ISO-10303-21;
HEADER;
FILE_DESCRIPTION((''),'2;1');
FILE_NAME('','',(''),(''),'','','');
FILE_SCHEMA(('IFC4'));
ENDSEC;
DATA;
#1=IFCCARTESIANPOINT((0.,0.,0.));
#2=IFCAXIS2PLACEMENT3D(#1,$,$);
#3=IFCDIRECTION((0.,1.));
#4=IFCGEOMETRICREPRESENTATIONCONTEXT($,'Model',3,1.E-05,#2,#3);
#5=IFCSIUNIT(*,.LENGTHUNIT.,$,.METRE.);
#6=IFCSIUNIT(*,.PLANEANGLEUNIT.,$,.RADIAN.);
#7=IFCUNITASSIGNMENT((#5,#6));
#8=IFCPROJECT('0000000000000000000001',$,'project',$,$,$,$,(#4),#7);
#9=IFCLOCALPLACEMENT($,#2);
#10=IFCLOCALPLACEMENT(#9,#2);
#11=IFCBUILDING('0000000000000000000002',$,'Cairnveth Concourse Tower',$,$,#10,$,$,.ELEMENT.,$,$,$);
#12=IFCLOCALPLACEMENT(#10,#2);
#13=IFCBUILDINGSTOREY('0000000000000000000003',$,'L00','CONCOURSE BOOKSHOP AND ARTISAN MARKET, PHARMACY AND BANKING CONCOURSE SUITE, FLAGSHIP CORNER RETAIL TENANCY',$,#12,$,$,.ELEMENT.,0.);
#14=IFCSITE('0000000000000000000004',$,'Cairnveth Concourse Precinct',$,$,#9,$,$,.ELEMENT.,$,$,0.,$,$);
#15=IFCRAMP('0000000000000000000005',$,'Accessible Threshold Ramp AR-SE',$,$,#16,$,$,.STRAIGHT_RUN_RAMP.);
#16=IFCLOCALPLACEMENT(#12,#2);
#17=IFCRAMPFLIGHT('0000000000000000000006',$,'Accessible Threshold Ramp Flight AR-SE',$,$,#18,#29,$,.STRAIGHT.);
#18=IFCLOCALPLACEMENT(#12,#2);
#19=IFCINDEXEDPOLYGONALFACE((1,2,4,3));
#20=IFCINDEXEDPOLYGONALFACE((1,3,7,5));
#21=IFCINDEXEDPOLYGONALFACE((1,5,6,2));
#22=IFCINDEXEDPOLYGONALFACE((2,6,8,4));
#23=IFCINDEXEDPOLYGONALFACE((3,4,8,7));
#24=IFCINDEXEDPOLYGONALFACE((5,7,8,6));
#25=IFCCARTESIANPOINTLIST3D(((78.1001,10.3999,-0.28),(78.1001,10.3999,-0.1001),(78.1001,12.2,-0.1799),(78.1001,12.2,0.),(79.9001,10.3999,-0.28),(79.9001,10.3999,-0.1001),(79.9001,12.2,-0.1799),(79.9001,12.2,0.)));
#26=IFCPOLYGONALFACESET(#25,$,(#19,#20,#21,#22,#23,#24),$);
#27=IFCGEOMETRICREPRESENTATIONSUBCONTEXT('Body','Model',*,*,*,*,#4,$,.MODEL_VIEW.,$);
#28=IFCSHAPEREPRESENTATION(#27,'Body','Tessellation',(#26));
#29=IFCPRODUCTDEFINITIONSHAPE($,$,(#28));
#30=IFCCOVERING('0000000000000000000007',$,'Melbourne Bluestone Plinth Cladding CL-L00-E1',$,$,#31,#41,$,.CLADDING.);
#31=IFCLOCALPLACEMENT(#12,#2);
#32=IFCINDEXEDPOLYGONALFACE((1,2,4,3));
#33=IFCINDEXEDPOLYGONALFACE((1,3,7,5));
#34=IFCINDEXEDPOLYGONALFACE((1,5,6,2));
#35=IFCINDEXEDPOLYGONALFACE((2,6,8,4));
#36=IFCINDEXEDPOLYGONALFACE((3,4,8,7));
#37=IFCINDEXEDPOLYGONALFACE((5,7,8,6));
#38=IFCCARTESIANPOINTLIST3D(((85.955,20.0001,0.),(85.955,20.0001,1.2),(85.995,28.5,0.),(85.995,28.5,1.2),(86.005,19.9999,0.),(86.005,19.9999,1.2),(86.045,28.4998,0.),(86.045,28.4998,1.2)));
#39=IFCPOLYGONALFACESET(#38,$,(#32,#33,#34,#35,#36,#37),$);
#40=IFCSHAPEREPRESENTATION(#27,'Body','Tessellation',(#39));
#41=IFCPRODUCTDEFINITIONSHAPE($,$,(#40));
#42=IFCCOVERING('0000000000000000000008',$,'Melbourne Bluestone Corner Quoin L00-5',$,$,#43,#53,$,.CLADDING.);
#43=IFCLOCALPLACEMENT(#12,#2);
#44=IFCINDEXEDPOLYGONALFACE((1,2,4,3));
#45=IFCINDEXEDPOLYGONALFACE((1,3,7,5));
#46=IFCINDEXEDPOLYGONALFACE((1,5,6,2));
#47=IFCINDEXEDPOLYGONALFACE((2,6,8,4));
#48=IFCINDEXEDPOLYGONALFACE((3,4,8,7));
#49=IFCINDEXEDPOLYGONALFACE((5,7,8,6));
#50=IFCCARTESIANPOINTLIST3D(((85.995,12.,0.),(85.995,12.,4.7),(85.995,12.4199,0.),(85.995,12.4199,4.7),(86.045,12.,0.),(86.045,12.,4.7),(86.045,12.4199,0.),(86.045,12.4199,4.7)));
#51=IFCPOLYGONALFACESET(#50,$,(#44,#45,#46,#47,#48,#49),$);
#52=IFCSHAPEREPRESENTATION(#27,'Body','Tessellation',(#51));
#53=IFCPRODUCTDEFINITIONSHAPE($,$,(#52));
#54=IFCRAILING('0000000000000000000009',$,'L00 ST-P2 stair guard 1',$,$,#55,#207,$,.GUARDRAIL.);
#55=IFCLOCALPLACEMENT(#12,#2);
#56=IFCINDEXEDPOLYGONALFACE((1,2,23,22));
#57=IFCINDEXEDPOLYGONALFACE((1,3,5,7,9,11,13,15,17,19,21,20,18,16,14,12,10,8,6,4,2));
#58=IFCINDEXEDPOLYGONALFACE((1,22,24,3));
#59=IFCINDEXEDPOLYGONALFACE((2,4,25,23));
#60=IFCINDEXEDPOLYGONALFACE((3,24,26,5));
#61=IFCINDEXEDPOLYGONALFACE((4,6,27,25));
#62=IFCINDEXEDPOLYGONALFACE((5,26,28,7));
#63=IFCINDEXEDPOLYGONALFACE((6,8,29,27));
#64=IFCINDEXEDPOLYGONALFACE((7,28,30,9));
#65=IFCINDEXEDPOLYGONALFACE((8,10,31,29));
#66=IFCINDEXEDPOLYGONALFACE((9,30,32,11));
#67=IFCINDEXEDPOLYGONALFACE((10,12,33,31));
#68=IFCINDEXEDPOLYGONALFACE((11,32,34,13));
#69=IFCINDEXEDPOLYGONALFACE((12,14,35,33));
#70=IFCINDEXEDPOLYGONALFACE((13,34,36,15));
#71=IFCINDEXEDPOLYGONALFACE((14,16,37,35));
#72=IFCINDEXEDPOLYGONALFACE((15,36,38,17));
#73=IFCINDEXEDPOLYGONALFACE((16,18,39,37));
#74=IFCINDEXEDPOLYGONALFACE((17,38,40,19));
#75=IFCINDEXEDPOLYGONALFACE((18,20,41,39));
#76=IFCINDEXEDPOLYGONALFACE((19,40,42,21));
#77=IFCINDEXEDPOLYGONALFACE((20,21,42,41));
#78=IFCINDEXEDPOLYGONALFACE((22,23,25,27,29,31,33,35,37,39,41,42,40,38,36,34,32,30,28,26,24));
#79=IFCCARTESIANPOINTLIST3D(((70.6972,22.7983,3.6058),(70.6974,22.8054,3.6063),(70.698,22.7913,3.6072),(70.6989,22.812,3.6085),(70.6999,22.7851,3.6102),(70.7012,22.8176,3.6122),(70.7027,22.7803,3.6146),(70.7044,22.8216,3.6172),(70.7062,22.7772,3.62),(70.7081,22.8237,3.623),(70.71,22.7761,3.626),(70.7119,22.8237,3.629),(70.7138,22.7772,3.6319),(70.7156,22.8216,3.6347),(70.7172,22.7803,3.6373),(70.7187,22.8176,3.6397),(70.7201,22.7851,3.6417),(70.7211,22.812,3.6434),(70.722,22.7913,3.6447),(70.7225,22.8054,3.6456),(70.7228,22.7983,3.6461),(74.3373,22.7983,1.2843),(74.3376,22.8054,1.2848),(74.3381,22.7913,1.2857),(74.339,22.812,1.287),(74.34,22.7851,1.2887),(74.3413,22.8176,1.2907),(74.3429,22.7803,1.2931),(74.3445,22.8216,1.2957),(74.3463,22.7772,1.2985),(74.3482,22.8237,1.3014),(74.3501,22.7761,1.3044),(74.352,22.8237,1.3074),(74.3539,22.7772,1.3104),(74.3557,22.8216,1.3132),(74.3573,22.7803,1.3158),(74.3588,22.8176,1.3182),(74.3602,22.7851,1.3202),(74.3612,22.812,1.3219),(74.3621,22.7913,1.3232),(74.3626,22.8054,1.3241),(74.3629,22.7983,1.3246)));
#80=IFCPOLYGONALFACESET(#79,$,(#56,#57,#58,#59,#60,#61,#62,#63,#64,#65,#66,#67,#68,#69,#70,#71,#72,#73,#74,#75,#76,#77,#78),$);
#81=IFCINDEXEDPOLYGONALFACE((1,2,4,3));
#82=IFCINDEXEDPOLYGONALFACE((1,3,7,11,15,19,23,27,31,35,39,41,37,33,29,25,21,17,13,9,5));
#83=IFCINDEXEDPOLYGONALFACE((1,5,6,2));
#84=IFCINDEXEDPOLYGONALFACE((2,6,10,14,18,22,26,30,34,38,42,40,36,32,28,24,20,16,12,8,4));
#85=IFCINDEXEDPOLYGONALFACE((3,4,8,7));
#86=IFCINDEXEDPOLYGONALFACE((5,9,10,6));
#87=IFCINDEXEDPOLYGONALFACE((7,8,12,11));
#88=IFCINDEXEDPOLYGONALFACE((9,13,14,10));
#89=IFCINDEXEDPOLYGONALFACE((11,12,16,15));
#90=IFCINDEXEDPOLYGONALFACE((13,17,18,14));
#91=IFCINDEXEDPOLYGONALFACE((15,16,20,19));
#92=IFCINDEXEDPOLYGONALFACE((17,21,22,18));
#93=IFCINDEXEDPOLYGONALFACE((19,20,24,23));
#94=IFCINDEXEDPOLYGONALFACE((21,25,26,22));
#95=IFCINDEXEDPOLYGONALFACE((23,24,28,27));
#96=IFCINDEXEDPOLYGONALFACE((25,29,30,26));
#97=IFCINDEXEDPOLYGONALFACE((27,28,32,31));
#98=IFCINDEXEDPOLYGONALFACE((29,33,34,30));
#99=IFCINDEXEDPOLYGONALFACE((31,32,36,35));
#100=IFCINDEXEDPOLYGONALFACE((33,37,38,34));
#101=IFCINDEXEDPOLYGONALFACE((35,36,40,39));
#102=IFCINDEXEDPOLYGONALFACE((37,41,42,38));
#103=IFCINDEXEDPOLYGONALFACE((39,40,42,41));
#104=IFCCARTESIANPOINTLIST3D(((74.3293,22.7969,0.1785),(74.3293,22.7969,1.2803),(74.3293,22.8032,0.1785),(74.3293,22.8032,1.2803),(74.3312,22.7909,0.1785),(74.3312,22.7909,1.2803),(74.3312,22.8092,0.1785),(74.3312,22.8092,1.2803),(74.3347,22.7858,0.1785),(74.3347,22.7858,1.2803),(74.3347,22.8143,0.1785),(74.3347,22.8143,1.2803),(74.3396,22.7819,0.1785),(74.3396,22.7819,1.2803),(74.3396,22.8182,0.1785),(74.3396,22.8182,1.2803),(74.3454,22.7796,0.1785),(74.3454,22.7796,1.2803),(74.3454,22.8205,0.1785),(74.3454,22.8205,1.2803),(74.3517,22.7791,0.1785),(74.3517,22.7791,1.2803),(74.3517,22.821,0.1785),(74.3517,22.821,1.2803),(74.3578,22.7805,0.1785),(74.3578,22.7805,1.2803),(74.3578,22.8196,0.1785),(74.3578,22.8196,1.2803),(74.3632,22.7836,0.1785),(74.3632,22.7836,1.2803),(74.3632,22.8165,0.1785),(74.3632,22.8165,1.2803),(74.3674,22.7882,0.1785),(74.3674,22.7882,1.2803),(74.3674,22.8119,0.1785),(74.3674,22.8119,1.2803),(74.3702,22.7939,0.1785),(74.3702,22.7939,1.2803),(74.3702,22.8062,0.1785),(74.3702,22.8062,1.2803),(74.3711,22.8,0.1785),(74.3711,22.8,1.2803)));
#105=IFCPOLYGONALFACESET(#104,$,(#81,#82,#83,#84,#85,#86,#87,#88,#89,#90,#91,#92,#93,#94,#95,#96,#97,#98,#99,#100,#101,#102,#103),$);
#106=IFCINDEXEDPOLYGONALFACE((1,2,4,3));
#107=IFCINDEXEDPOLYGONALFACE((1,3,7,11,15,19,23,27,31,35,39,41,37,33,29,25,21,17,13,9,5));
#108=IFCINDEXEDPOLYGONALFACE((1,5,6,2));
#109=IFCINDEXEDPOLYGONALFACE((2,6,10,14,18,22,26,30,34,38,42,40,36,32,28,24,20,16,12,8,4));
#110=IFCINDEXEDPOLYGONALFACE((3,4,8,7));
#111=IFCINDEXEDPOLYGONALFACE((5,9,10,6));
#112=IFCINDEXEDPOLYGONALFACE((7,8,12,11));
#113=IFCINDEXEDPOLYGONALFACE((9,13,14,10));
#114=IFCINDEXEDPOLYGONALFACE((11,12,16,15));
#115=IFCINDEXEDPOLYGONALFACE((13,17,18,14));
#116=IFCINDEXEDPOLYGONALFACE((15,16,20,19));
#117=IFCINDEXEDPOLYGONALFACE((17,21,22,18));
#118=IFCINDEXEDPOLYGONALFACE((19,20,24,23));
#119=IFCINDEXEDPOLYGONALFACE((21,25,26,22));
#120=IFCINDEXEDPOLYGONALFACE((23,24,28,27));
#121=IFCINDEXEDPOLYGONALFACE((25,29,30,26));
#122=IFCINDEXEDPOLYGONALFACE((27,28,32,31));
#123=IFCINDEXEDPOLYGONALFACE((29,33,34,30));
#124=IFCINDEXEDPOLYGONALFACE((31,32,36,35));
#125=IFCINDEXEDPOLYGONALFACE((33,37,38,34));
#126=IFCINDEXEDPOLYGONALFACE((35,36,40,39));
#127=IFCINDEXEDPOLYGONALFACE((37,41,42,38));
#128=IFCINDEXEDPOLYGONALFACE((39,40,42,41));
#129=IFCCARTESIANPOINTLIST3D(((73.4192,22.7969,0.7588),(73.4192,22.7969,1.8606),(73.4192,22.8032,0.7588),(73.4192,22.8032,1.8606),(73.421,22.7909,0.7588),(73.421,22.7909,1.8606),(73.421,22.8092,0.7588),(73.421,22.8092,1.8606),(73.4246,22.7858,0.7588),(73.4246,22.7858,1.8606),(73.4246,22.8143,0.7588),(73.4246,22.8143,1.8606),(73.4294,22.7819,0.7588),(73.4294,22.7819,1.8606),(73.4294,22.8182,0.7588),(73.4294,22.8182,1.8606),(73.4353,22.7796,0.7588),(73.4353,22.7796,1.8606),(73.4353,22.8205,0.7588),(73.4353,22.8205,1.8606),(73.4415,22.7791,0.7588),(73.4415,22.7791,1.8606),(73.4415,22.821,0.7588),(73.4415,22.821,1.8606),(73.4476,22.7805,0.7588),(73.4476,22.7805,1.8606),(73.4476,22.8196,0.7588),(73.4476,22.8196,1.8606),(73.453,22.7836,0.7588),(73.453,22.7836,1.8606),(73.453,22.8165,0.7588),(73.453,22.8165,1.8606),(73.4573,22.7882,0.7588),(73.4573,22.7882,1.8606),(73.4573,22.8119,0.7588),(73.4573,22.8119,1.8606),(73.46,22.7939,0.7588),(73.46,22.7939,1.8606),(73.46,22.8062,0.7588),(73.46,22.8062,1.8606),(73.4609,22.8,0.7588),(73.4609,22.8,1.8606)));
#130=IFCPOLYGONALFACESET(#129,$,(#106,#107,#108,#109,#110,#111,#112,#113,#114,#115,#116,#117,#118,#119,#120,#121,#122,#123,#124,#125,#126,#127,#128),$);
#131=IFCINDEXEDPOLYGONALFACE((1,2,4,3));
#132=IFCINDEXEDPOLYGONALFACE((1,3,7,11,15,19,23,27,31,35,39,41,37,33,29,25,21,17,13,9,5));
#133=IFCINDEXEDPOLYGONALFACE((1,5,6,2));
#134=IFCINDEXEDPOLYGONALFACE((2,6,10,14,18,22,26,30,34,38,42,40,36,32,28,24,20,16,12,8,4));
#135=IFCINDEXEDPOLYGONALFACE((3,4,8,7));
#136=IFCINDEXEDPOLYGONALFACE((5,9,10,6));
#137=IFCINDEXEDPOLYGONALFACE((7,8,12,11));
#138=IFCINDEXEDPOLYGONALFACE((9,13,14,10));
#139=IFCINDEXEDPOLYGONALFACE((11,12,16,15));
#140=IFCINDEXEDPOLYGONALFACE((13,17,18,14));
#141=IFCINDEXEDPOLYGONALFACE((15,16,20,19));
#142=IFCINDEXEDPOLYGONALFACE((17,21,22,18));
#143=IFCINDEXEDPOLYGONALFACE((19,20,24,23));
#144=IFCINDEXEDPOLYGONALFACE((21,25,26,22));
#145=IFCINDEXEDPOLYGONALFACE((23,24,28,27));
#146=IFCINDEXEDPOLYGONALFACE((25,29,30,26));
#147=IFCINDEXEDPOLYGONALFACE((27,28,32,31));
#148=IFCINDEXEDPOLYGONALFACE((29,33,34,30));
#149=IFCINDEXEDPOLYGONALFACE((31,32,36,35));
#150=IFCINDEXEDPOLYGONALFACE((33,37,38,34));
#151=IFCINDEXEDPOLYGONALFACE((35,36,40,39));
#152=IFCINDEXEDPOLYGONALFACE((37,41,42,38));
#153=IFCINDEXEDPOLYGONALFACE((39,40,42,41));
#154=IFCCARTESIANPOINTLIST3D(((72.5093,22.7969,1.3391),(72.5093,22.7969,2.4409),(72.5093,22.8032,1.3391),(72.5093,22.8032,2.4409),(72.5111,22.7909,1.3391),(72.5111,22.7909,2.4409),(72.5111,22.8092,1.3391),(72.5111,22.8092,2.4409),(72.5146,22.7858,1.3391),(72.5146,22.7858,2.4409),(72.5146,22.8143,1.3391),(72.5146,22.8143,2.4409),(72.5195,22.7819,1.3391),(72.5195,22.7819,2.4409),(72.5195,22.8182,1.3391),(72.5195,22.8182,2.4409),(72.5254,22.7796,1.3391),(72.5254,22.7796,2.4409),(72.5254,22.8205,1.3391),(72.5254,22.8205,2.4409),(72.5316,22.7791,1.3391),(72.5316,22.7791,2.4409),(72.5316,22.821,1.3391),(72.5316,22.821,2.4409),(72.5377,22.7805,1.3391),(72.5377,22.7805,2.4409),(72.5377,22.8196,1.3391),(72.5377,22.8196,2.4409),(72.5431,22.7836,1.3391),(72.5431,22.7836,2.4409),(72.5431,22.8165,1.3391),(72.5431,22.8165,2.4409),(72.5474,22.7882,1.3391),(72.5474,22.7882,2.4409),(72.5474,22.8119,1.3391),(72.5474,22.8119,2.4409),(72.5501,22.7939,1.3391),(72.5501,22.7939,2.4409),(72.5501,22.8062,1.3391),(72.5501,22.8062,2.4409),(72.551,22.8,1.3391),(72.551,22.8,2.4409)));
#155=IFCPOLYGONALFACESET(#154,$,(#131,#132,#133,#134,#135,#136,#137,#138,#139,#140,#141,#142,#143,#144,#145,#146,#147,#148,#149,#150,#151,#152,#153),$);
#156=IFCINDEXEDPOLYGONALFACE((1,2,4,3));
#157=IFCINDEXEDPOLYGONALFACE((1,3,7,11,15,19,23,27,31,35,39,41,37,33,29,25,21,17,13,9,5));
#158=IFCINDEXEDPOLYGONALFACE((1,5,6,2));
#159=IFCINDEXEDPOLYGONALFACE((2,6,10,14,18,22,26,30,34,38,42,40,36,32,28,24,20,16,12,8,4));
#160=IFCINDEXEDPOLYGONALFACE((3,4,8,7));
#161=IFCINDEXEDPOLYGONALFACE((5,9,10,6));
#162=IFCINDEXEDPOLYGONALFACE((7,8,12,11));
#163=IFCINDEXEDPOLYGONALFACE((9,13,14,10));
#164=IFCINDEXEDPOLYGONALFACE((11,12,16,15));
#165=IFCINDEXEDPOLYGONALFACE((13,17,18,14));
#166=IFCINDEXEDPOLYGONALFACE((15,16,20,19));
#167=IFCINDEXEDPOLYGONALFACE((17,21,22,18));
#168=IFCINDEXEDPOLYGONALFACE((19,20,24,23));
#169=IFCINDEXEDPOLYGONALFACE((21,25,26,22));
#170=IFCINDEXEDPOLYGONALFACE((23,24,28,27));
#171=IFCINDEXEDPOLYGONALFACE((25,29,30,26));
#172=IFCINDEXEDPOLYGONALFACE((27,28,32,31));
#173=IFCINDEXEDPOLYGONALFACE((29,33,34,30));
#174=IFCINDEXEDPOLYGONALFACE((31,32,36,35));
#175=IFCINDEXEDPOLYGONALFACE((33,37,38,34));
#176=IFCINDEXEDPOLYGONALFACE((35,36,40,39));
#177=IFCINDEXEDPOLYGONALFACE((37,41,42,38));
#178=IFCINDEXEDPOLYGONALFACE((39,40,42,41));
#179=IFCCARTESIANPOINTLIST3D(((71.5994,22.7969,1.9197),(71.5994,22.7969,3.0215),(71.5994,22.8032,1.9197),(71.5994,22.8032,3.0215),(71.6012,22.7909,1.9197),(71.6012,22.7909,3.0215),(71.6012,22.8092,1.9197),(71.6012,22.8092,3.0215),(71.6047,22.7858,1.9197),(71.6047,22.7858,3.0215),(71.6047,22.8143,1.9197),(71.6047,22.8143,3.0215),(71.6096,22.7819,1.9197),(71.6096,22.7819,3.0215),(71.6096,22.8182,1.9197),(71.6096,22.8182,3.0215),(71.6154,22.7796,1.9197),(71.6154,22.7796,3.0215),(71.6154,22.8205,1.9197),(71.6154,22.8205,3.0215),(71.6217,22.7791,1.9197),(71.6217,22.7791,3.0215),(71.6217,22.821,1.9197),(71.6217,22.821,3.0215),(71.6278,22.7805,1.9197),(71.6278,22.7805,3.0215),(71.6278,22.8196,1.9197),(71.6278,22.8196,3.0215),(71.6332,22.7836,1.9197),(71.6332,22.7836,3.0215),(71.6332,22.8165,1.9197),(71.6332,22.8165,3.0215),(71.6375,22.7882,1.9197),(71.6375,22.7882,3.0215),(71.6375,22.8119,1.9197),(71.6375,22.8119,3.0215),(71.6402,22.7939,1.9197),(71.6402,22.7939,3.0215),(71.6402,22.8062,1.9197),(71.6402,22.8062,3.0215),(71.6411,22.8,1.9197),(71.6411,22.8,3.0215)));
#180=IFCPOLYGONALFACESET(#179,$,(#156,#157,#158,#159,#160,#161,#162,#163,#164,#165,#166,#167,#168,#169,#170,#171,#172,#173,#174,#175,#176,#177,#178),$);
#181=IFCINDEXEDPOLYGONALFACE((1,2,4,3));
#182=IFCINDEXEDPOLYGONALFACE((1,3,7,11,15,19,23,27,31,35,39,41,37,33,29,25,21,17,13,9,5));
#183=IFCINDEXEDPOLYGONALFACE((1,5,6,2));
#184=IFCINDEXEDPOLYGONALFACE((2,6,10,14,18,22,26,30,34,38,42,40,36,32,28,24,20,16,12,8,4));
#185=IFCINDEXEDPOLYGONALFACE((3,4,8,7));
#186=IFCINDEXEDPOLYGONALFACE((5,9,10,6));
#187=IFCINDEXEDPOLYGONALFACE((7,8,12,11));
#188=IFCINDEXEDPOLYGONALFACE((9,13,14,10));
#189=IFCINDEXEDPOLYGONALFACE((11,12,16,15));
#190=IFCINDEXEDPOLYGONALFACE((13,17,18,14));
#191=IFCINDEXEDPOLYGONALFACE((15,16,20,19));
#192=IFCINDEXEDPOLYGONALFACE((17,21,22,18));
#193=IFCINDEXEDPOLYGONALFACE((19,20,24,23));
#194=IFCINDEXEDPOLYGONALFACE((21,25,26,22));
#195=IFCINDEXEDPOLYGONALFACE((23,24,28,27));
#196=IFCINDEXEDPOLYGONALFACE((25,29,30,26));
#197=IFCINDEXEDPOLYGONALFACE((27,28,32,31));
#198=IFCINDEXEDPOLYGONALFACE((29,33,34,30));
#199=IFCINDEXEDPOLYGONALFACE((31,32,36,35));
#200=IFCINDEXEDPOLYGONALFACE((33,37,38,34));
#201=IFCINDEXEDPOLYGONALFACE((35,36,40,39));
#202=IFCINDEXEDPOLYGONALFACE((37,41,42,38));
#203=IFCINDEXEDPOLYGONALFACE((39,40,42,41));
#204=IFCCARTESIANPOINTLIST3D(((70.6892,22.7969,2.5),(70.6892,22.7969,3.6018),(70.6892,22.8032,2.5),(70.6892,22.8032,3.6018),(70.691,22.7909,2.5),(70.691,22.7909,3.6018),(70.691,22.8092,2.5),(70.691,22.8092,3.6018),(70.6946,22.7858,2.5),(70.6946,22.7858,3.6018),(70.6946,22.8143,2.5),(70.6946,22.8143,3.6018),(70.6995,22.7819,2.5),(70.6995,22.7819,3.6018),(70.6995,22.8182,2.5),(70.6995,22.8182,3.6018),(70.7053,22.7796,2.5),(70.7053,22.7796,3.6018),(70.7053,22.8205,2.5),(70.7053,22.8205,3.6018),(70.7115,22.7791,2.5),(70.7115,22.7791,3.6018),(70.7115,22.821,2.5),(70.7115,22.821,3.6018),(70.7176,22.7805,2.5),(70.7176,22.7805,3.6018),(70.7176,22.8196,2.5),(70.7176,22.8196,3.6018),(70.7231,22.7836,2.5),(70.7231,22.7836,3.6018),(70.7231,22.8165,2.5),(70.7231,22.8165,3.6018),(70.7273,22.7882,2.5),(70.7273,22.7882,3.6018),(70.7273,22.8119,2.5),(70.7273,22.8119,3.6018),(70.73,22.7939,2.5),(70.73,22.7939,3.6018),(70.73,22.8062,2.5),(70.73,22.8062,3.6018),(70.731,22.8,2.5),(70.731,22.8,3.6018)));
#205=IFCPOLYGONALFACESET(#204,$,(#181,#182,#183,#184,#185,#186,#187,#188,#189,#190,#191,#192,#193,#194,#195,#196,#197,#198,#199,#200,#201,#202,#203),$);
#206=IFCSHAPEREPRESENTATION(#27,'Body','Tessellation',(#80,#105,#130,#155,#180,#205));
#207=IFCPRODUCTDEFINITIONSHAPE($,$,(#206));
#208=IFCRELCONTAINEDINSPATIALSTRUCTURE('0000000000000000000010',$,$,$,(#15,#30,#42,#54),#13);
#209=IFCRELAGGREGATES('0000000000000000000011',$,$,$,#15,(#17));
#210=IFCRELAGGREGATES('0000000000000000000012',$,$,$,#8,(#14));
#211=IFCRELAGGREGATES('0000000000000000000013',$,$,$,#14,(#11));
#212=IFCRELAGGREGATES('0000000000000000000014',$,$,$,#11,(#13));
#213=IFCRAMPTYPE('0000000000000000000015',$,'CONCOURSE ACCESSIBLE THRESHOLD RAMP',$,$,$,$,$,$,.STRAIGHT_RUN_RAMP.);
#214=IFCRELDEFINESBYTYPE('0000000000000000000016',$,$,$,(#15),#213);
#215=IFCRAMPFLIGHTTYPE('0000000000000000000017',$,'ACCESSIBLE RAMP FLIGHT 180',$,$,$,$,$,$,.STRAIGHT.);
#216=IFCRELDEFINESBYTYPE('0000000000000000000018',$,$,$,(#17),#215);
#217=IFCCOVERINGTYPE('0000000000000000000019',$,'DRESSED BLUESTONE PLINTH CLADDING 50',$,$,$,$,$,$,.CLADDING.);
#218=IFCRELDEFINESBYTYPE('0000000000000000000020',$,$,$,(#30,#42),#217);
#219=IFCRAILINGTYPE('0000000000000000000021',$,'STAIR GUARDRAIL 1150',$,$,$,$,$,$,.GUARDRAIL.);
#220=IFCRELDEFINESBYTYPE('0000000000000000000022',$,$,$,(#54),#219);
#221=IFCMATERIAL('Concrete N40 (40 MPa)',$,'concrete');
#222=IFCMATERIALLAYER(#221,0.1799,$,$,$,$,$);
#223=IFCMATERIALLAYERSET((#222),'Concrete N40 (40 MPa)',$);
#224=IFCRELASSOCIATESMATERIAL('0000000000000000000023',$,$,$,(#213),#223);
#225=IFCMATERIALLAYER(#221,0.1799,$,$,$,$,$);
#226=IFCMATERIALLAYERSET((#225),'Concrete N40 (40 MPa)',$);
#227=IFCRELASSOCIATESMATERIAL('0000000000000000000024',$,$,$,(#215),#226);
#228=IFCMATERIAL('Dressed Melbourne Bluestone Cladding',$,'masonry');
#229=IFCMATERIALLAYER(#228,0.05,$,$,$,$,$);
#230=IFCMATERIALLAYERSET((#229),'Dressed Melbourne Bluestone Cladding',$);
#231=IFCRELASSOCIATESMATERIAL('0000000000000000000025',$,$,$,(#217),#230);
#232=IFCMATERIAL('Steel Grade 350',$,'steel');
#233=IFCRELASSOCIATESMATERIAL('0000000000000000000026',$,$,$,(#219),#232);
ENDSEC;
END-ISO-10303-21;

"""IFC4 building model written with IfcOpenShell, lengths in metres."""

from ifc_helpers import new_model, si_unit, direction, frame, frame_2d, origin, origin_2d, place, context, subcontext, project, spatial, polyline, rectangle, circle, outline, extrude, material, layer, layer_set, type_object, element, aggregate, save


model = new_model("IFC4")

# Units and contexts
model_context = context("Model", 3, precision=1e-05, world=origin(), true_north=direction((0.0, 1.0)))
body_context = subcontext(model_context, "Body", "Model", "MODEL_VIEW")
ifc_project = project(units=[si_unit("LENGTHUNIT", "METRE"), si_unit("PLANEANGLEUNIT", "RADIAN")], contexts=[model_context])

# Site, building, storey
site_placement = place(None, origin())
site = spatial("IfcSite", under=ifc_project, at=site_placement, Name="Cairnveth Concourse Precinct", CompositionType="ELEMENT", RefElevation=0.0)
building_placement = place(site_placement, origin())
building = spatial("IfcBuilding", under=site, at=building_placement, Name="Cairnveth Concourse Tower", CompositionType="ELEMENT")
storey_placement = place(building_placement, origin())
storey = spatial("IfcBuildingStorey", under=building, at=storey_placement, Name="L00", Description="CONCOURSE BOOKSHOP AND ARTISAN MARKET, PHARMACY AND BANKING CONCOURSE SUITE, FLAGSHIP CORNER RETAIL TENANCY", CompositionType="ELEMENT", Elevation=0.0)

# Shared definitions
ifc_material_1 = material(Name="Steel Grade 350", Category="steel")

# Ramp, ramp flight
ifc_material_2 = material(Name="Concrete N40 (40 MPa)", Category="concrete")
ifc_layer_1 = layer(ifc_material_2, 0.1799)
ifc_layer_set_1 = layer_set([ifc_layer_1], Name="Concrete N40 (40 MPa)")
ramp_type = type_object("IfcRampType", Name="CONCOURSE ACCESSIBLE THRESHOLD RAMP", PredefinedType="STRAIGHT_RUN_RAMP", material=ifc_layer_set_1)
ramp_placement = place(storey_placement, origin())
ramp = element("IfcRamp", 1, at=ramp_placement, inside=storey, type_object=ramp_type, Name="Accessible Threshold Ramp AR-SE", PredefinedType="STRAIGHT_RUN_RAMP")
ifc_layer_2 = layer(ifc_material_2, 0.1799)
ifc_layer_set_2 = layer_set([ifc_layer_2], Name="Concrete N40 (40 MPa)")
ramp_flight_type = type_object("IfcRampFlightType", Name="ACCESSIBLE RAMP FLIGHT 180", PredefinedType="STRAIGHT", material=ifc_layer_set_2)
ramp_flight_placement = place(storey_placement, frame((79.0, 10.3999, -0.1001), z_axis=(0.0, 0.0, 1.0), x_axis=(0.0, 1.0, 0.0)))
ramp_flight = element("IfcRampFlight", 2, at=ramp_flight_placement, type_object=ramp_flight_type, Name="Accessible Threshold Ramp Flight AR-SE", PredefinedType="STRAIGHT", context=body_context, shape_type="SweptSolid", body=[
    extrude(outline(polyline([(0.0, 0.0), (1.8, 0.1001), (1.8, -0.0798), (0.0, -0.1799), (0.0, 0.0)])), frame((0.0, 0.8999, 0.0), z_axis=(0.0, -1.0, 0.0), x_axis=(1.0, 0.0, 0.0)), (0.0, 0.0, 1.0), 1.8),
])
aggregate(ramp, [ramp_flight])

# Coverings
ifc_material_3 = material(Name="Dressed Melbourne Bluestone Cladding", Category="masonry")
ifc_layer_3 = layer(ifc_material_3, 0.05)
ifc_layer_set_3 = layer_set([ifc_layer_3], Name="Dressed Melbourne Bluestone Cladding")
covering_type = type_object("IfcCoveringType", Name="DRESSED BLUESTONE PLINTH CLADDING 50", PredefinedType="CLADDING", material=ifc_layer_set_3)
covering_1_placement = place(storey_placement, frame((85.98, 20.0, 0.0), z_axis=(0.0, 0.0, 1.0), x_axis=(0.00471, 0.999989, 0.0)))
element("IfcCovering", 3, at=covering_1_placement, inside=storey, type_object=covering_type, Name="Melbourne Bluestone Plinth Cladding CL-L00-E1", PredefinedType="CLADDING", context=body_context, shape_type="SweptSolid", body=[
    extrude(rectangle(XDim=8.5, YDim=0.05, at=frame_2d((4.25, 0.0))), origin(), (0.0, 0.0, 1.0), 1.2),
])
covering_2_placement = place(storey_placement, frame((86.02, 12.4199, 0.0), z_axis=(0.0, 0.0, 1.0), x_axis=(0.0, -1.0, 0.0)))
element("IfcCovering", 4, at=covering_2_placement, inside=storey, type_object=covering_type, Name="Melbourne Bluestone Corner Quoin L00-5", PredefinedType="CLADDING", context=body_context, shape_type="SweptSolid", body=[
    extrude(rectangle(XDim=0.4199, YDim=0.05, at=frame_2d((0.21, 0.0))), origin(), (0.0, 0.0, 1.0), 4.7),
])

# Railing
railing_type_1 = type_object("IfcRailingType", Name="STAIR GUARDRAIL 1150", PredefinedType="GUARDRAIL", material=ifc_material_1)
railing_1_placement = place(storey_placement, frame((74.3501, 22.8, 0.1785)))
element("IfcRailing", 5, at=railing_1_placement, inside=storey, type_object=railing_type_1, Name="L00 ST-P2 stair guard 1", PredefinedType="GUARDRAIL", context=body_context, shape_type="SweptSolid", body=[
    extrude(circle(Radius=0.0239, at=origin_2d()), frame((0.0, 0.0, 1.126), z_axis=(-0.843128, 0.0, 0.537713), x_axis=(0.0, -1.0, 0.0)), (0.0, 0.0, 1.0), 4.3174),
    extrude(circle(Radius=0.021, at=origin_2d()), origin(), (0.0, 0.0, 1.0), 1.1018),
    extrude(circle(Radius=0.021, at=origin_2d()), frame((-0.9102, 0.0, 0.5803)), (0.0, 0.0, 1.0), 1.1018),
    extrude(circle(Radius=0.021, at=origin_2d()), frame((-1.8201, 0.0, 1.1606)), (0.0, 0.0, 1.0), 1.1018),
    extrude(circle(Radius=0.021, at=origin_2d()), frame((-2.73, 0.0, 1.7412)), (0.0, 0.0, 1.0), 1.1018),
    extrude(circle(Radius=0.021, at=origin_2d()), frame((-3.6401, 0.0, 2.3215)), (0.0, 0.0, 1.0), 1.1018),
])

save(model, "model.ifc")
